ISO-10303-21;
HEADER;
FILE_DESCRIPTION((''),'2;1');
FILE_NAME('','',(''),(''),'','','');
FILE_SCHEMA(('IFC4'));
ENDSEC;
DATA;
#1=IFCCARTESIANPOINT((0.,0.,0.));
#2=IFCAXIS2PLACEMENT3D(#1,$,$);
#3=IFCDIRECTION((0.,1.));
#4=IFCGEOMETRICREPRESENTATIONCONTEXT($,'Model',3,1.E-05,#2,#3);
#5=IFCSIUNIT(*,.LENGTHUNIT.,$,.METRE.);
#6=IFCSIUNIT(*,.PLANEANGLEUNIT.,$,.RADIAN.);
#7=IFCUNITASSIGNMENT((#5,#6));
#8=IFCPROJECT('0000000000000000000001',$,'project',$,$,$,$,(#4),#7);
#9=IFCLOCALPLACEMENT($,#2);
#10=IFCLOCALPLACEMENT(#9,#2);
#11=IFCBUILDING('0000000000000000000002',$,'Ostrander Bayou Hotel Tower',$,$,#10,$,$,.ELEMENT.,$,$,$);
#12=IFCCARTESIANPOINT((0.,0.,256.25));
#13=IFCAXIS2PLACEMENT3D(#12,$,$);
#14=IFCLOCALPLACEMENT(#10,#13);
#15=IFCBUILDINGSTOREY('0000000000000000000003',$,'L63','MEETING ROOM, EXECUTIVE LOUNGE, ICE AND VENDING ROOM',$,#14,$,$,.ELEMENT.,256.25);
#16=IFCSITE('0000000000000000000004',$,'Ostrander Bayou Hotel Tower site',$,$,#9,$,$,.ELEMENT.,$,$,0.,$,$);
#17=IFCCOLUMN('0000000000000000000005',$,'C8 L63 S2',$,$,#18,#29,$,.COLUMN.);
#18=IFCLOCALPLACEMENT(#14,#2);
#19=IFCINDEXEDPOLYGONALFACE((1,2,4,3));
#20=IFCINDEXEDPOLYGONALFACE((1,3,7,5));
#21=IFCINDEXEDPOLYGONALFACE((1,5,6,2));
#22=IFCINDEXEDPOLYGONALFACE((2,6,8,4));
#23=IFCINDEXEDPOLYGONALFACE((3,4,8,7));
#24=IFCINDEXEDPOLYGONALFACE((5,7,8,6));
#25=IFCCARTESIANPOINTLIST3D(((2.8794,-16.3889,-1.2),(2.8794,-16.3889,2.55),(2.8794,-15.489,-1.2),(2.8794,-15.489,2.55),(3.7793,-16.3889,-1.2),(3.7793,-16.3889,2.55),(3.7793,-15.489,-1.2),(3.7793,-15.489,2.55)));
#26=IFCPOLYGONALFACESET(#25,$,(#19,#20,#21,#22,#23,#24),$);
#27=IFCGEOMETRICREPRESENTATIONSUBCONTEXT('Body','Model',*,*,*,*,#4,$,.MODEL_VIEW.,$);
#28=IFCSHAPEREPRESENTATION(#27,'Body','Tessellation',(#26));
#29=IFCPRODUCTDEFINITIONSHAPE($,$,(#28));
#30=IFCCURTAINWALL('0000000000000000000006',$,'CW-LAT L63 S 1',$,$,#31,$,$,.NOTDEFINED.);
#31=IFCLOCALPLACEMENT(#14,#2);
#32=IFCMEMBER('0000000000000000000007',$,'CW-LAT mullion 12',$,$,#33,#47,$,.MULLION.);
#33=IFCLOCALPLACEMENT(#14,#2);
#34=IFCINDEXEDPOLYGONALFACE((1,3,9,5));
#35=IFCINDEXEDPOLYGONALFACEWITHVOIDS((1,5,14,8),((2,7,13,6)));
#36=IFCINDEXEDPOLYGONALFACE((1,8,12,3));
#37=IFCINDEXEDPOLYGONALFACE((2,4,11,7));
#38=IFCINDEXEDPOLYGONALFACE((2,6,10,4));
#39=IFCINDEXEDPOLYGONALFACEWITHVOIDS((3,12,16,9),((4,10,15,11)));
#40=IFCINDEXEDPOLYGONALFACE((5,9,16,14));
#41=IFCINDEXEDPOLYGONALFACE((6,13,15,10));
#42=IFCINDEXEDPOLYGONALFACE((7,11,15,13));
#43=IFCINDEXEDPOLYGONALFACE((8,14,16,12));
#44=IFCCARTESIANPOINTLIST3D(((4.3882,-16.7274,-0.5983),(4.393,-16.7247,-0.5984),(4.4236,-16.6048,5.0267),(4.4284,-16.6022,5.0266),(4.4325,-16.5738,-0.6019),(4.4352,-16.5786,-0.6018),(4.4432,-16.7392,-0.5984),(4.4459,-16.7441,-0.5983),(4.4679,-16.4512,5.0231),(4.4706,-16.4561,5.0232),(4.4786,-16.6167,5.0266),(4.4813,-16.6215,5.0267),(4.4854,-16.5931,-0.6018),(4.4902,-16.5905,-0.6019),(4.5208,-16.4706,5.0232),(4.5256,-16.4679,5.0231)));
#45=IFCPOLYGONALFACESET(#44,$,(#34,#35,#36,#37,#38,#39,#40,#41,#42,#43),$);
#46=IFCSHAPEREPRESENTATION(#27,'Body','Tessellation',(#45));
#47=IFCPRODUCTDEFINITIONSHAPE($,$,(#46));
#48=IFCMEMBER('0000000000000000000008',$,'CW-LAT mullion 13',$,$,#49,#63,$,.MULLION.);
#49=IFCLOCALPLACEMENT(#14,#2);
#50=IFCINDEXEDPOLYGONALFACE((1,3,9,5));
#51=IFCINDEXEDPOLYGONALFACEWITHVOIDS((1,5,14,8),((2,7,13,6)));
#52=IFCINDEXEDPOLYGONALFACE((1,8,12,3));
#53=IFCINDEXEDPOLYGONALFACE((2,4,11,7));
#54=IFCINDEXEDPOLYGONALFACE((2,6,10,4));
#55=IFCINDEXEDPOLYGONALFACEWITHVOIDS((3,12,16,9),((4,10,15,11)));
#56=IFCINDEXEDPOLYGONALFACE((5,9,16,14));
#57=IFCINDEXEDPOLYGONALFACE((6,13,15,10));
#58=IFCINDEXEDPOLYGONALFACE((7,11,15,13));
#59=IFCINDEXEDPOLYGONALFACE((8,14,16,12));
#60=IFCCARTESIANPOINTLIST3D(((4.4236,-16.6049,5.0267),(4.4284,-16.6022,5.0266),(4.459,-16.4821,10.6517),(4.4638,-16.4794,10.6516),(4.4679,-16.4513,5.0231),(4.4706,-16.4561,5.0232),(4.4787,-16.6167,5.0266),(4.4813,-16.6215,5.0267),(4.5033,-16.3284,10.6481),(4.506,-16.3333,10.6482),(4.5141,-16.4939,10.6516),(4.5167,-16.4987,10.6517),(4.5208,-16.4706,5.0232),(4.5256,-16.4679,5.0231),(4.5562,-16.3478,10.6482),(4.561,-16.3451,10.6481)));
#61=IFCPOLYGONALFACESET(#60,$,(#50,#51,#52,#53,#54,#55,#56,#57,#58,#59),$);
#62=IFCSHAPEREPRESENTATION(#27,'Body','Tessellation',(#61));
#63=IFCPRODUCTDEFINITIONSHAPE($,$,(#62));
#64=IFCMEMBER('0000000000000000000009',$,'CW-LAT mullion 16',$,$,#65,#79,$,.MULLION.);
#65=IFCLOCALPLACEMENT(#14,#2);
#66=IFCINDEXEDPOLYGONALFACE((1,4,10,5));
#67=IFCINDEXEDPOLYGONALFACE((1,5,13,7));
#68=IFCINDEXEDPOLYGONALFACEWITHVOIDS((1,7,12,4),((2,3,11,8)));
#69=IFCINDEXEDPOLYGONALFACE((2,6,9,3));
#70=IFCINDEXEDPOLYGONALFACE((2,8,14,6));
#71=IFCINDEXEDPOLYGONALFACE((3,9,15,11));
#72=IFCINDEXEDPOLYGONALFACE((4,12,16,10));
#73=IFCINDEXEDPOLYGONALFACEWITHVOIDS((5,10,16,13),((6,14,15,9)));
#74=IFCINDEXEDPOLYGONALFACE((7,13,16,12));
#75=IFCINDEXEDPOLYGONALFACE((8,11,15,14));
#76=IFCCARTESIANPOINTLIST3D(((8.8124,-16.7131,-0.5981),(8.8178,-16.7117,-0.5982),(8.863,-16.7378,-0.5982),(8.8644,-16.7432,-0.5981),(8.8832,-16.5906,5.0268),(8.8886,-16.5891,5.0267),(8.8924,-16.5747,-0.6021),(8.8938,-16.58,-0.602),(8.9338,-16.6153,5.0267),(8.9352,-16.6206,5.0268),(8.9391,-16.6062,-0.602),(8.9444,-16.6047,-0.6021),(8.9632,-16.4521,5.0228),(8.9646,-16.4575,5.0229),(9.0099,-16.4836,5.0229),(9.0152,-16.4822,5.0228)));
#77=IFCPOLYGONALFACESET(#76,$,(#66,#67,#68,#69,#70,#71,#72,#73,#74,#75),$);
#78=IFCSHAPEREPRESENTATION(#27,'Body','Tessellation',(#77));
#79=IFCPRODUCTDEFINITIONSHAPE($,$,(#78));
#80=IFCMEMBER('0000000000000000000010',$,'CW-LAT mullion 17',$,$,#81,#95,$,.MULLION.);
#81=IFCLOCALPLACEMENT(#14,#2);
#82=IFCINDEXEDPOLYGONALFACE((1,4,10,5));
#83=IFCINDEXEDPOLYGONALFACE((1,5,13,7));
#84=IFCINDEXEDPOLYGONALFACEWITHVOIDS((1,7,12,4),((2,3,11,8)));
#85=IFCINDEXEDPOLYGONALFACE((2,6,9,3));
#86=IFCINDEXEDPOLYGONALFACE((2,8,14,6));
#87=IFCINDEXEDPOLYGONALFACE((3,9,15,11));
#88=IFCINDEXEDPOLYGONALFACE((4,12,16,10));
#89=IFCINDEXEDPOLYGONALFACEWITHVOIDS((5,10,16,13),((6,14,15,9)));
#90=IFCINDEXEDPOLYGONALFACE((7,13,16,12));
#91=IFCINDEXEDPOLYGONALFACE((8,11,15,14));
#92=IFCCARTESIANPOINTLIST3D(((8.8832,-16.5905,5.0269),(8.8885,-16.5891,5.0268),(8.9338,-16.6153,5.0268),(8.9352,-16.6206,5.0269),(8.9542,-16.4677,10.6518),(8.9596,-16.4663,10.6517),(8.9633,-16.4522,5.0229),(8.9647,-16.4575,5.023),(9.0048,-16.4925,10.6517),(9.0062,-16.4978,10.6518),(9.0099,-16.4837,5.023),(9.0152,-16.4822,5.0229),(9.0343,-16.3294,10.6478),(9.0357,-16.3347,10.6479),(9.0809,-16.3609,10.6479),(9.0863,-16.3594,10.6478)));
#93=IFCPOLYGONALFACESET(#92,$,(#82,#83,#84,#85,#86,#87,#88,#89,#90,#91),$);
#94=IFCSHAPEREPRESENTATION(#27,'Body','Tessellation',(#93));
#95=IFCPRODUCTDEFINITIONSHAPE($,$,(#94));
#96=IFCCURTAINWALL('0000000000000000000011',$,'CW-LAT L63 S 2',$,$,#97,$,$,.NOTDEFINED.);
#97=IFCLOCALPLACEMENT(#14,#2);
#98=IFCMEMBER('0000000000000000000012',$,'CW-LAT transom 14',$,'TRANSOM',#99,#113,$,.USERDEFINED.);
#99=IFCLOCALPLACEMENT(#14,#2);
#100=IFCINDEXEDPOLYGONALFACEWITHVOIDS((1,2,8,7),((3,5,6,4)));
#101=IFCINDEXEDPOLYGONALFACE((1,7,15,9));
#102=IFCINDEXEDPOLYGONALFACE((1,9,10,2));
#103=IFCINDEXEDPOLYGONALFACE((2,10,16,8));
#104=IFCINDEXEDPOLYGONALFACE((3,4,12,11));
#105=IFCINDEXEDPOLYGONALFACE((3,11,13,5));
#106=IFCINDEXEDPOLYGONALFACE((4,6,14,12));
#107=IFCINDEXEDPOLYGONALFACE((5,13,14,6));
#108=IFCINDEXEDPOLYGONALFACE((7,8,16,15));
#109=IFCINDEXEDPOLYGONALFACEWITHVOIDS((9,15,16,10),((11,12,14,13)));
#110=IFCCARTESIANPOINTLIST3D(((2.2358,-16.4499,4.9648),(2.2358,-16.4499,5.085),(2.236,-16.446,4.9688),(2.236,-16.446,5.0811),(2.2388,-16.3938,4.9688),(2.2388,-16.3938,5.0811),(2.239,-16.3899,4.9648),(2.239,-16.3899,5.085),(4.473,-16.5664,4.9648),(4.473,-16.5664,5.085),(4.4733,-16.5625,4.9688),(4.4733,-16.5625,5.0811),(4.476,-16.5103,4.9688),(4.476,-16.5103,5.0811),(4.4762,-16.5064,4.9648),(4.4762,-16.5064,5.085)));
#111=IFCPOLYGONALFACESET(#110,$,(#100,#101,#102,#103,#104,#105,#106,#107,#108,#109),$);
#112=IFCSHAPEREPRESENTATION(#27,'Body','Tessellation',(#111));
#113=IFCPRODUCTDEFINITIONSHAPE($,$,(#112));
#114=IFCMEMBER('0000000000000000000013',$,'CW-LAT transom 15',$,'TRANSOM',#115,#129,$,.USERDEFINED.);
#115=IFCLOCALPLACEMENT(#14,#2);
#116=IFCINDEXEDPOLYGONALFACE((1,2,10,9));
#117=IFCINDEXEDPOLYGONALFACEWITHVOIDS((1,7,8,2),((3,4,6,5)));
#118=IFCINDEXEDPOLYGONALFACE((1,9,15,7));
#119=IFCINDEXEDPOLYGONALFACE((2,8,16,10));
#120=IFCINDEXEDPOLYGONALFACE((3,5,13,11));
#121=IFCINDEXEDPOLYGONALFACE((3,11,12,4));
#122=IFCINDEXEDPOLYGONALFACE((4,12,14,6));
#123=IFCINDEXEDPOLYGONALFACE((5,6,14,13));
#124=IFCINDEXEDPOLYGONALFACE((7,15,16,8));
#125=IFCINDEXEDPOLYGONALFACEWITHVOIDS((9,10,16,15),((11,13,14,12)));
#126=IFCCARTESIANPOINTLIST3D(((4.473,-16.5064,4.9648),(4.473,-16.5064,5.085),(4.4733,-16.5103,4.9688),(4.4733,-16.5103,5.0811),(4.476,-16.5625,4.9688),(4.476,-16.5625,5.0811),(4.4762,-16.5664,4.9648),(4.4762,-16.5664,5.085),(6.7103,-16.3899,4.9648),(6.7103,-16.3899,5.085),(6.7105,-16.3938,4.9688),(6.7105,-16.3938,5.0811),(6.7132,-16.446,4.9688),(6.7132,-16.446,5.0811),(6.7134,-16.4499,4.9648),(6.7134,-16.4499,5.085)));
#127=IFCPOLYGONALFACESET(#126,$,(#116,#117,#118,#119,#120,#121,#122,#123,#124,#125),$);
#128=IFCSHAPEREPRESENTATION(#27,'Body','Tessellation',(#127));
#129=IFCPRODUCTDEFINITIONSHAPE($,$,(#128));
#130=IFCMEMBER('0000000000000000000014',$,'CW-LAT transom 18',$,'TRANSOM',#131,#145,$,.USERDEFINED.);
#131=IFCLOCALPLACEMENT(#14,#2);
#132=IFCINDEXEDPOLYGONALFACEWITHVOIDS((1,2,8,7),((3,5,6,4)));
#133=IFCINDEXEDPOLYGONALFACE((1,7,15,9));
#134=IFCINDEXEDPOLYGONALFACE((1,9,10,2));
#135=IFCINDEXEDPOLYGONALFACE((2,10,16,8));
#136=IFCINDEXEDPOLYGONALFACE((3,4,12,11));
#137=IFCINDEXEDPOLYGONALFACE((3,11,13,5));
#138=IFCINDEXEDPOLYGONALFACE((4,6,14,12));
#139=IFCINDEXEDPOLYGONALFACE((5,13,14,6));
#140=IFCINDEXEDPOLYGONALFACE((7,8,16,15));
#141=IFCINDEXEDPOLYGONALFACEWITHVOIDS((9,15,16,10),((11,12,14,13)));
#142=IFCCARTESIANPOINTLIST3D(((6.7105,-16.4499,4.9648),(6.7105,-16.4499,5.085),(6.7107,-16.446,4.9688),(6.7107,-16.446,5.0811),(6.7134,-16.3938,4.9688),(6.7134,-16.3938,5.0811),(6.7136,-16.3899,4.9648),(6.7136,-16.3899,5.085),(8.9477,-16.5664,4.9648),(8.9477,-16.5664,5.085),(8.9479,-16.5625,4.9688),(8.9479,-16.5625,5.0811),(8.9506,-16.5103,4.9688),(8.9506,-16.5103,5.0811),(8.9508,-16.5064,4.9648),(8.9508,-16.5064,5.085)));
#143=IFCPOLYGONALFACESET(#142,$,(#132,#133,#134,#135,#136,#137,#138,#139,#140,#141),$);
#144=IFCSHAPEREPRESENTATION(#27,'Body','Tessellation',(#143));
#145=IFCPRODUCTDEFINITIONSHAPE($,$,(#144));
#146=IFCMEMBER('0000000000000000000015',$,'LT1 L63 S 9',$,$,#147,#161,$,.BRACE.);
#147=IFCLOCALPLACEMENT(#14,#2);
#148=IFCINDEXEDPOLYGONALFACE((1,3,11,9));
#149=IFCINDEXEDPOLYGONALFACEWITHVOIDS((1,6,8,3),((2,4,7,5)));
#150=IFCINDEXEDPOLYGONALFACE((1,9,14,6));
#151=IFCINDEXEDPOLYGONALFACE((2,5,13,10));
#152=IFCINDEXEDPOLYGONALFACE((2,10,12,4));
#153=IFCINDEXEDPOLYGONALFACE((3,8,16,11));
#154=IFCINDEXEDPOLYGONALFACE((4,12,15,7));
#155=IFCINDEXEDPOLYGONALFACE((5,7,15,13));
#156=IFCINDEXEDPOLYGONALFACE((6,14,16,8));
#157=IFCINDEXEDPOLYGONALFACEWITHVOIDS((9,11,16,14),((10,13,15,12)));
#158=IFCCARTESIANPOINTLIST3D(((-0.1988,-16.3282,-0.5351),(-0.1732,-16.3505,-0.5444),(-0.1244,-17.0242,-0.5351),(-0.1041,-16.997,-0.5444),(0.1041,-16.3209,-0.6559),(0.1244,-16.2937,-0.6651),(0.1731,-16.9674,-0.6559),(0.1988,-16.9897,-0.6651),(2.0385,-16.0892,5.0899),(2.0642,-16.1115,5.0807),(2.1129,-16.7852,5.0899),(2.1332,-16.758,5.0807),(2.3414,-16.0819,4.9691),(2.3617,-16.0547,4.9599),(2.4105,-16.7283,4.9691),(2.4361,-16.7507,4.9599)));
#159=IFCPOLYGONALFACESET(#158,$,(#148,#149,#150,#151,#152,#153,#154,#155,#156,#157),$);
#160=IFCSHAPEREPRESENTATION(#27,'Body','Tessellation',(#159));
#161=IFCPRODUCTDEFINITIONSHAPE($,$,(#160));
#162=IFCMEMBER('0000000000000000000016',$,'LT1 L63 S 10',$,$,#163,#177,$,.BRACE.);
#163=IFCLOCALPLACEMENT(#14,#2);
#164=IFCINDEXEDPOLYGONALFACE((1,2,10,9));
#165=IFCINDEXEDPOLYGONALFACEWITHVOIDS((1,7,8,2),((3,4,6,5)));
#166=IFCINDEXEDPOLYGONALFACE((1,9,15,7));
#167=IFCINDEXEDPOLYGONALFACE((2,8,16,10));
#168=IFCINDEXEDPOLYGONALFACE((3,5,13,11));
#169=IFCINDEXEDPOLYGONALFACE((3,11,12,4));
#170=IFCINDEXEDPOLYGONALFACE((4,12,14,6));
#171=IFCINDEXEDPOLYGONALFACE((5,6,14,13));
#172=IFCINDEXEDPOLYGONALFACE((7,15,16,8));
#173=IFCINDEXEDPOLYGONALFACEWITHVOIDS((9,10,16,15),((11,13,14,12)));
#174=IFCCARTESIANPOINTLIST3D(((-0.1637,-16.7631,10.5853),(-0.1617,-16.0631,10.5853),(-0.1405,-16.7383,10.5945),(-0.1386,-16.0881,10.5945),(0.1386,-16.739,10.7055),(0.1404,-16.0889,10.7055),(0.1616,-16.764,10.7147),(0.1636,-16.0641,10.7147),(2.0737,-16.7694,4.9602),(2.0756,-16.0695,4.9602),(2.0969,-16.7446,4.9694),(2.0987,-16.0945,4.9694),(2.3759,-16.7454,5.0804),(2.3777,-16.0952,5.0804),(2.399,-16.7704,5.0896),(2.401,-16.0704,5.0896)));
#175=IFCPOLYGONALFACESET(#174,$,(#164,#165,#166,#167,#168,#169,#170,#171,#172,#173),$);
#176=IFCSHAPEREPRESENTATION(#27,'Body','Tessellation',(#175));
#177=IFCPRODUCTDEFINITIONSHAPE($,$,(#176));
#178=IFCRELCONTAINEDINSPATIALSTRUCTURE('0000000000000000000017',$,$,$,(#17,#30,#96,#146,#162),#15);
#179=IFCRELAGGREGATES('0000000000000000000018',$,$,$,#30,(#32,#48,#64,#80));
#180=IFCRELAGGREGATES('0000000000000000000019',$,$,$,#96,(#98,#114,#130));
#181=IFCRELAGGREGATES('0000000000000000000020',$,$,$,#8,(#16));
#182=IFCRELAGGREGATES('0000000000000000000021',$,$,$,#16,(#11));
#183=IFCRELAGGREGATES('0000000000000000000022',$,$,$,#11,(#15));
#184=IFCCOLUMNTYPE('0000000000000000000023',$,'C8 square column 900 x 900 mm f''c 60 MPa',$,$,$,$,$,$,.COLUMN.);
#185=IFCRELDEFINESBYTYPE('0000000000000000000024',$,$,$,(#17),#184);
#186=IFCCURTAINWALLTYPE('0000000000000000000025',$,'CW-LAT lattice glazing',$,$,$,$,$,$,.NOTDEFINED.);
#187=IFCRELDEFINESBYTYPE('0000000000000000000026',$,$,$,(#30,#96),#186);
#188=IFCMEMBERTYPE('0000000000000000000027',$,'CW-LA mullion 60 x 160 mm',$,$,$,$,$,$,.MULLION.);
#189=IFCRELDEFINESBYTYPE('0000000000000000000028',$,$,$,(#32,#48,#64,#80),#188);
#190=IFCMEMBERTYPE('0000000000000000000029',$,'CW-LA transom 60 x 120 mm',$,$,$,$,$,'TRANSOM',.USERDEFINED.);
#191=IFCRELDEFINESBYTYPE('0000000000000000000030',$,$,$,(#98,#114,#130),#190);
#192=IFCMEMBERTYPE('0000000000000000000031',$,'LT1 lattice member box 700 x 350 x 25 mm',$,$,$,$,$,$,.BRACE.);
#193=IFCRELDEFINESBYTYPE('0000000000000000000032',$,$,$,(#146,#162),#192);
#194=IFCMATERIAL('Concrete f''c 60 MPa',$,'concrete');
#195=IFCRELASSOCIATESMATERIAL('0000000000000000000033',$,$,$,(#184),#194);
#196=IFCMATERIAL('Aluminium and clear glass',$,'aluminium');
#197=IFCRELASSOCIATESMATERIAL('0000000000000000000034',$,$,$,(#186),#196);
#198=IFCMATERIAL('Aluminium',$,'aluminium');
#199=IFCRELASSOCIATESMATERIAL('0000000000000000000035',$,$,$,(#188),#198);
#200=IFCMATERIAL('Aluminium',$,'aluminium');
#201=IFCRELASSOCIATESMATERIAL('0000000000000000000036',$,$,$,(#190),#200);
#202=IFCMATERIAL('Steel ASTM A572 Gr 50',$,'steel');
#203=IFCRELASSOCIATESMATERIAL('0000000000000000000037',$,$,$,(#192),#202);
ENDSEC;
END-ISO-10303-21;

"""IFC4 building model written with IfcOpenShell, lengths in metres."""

from ifc_helpers import new_model, si_unit, direction, frame, origin, origin_2d, place, context, subcontext, project, spatial, rectangle, hollow_rectangle, extrude, material, material_profile, profile_set, type_object, element, aggregate, save


model = new_model("IFC4")

# Units and contexts
model_context = context("Model", 3, precision=1e-05, world=origin(), true_north=direction((0.0, 1.0)))
body_context = subcontext(model_context, "Body", "Model", "MODEL_VIEW")
ifc_project = project(units=[si_unit("LENGTHUNIT", "METRE"), si_unit("PLANEANGLEUNIT", "RADIAN")], contexts=[model_context])

# Site, building, storey
site_placement = place(None, origin())
site = spatial("IfcSite", under=ifc_project, at=site_placement, Name="Ostrander Bayou Hotel Tower site", CompositionType="ELEMENT", RefElevation=0.0)
building_placement = place(site_placement, origin())
building = spatial("IfcBuilding", under=site, at=building_placement, Name="Ostrander Bayou Hotel Tower", CompositionType="ELEMENT")
storey_placement = place(building_placement, frame((0.0, 0.0, 256.25)))
storey = spatial("IfcBuildingStorey", under=building, at=storey_placement, Name="L63", Description="MEETING ROOM, EXECUTIVE LOUNGE, ICE AND VENDING ROOM", CompositionType="ELEMENT", Elevation=256.25)

# Column
ifc_material_1 = material(Name="Concrete f'c 60 MPa", Category="concrete")
ifc_material_profile_1 = material_profile(ifc_material_1, rectangle(XDim=0.8999, YDim=0.8999, at=origin_2d()))
ifc_profile_set_1 = profile_set([ifc_material_profile_1], Name="Concrete f'c 60 MPa")
column_type = type_object("IfcColumnType", Name="C8 square column 900 x 900 mm f'c 60 MPa", PredefinedType="COLUMN", material=ifc_profile_set_1)
column_placement = place(storey_placement, frame((3.3293, -15.939, -1.2), z_axis=(0.0, 0.0, 1.0), x_axis=(-1.0, 0.0, 0.0)))
element("IfcColumn", 1, at=column_placement, inside=storey, type_object=column_type, Name="C8 L63 S2", PredefinedType="COLUMN", context=body_context, shape_type="SweptSolid", body=[
    extrude(rectangle(XDim=0.8999, YDim=0.8999, at=origin_2d()), origin(), (0.0, 0.0, 1.0), 3.75),
])

# Curtain walls, members
ifc_material_2 = material(Name="Aluminium and clear glass", Category="aluminium")
curtain_wall_type = type_object("IfcCurtainWallType", Name="CW-LAT lattice glazing", PredefinedType="NOTDEFINED", material=ifc_material_2)
curtain_wall_1_placement = place(storey_placement, origin())
curtain_wall_1 = element("IfcCurtainWall", 2, at=curtain_wall_1_placement, inside=storey, type_object=curtain_wall_type, Name="CW-LAT L63 S 1", PredefinedType="NOTDEFINED")
ifc_material_3 = material(Name="Aluminium", Category="aluminium")
ifc_material_profile_2 = material_profile(ifc_material_3, hollow_rectangle(XDim=0.0601, YDim=0.1599, WallThickness=0.0039, at=origin_2d()))
ifc_profile_set_2 = profile_set([ifc_material_profile_2], Name="Aluminium")
member_type_1 = type_object("IfcMemberType", Name="CW-LA mullion 60 x 160 mm", PredefinedType="MULLION", material=ifc_profile_set_2)
member_1_placement = place(storey_placement, frame((4.4392, -16.6589, -0.6001), z_axis=(0.006292, 0.021783, 0.999743), x_axis=(-0.960726, 0.2775, 0.0)))
member_1 = element("IfcMember", 3, at=member_1_placement, type_object=member_type_1, Name="CW-LAT mullion 12", PredefinedType="MULLION", context=body_context, shape_type="SweptSolid", body=[
    extrude(hollow_rectangle(XDim=0.0601, YDim=0.1599, WallThickness=0.0039, at=origin_2d()), origin(), (0.0, 0.0, 1.0), 5.6265),
])
member_2_placement = place(storey_placement, frame((4.4746, -16.5364, 5.0249), z_axis=(0.006292, 0.021826, 0.999742), x_axis=(-0.960872, 0.276991, 0.0)))
member_2 = element("IfcMember", 4, at=member_2_placement, type_object=member_type_1, Name="CW-LAT mullion 13", PredefinedType="MULLION", context=body_context, shape_type="SweptSolid", body=[
    extrude(hollow_rectangle(XDim=0.0601, YDim=0.1599, WallThickness=0.0039, at=origin_2d()), origin(), (0.0, 0.0, 1.0), 5.6265),
])
member_3_placement = place(storey_placement, frame((8.8784, -16.6589, -0.6001), z_axis=(0.012583, 0.021781, 0.999684), x_axis=(-0.865898, 0.50022, 0.0)))
member_3 = element("IfcMember", 5, at=member_3_placement, type_object=member_type_1, Name="CW-LAT mullion 16", PredefinedType="MULLION", context=body_context, shape_type="SweptSolid", body=[
    extrude(hollow_rectangle(XDim=0.0601, YDim=0.1599, WallThickness=0.0039, at=origin_2d()), origin(), (0.0, 0.0, 1.0), 5.6267),
])
member_4_placement = place(storey_placement, frame((8.9492, -16.5364, 5.0249), z_axis=(0.012626, 0.021825, 0.999682), x_axis=(-0.865583, 0.500765, 0.0)))
member_4 = element("IfcMember", 6, at=member_4_placement, type_object=member_type_1, Name="CW-LAT mullion 17", PredefinedType="MULLION", context=body_context, shape_type="SweptSolid", body=[
    extrude(hollow_rectangle(XDim=0.0601, YDim=0.1599, WallThickness=0.0039, at=origin_2d()), origin(), (0.0, 0.0, 1.0), 5.6267),
])
curtain_wall_2_placement = place(storey_placement, origin())
curtain_wall_2 = element("IfcCurtainWall", 7, at=curtain_wall_2_placement, inside=storey, type_object=curtain_wall_type, Name="CW-LAT L63 S 2", PredefinedType="NOTDEFINED")
ifc_material_4 = material(Name="Aluminium", Category="aluminium")
ifc_material_profile_3 = material_profile(ifc_material_4, hollow_rectangle(XDim=0.0601, YDim=0.1201, WallThickness=0.0039, at=origin_2d()))
ifc_profile_set_3 = profile_set([ifc_material_profile_3], Name="Aluminium")
member_type_2 = type_object("IfcMemberType", Name="CW-LA transom 60 x 120 mm", ElementType="TRANSOM", PredefinedType="USERDEFINED", material=ifc_profile_set_3)
member_5_placement = place(storey_placement, frame((4.4746, -16.5364, 5.0249), z_axis=(-0.998648, 0.051981, 0.0), x_axis=(-0.051981, -0.998648, 0.0)))
member_5 = element("IfcMember", 8, at=member_5_placement, type_object=member_type_2, Name="CW-LAT transom 14", ObjectType="TRANSOM", PredefinedType="USERDEFINED", context=body_context, shape_type="SweptSolid", body=[
    extrude(hollow_rectangle(XDim=0.0601, YDim=0.1201, WallThickness=0.0039, at=origin_2d()), origin(), (0.0, 0.0, 1.0), 2.2402),
])
member_6_placement = place(storey_placement, frame((4.4746, -16.5364, 5.0249), z_axis=(0.998648, 0.051981, 0.0), x_axis=(-0.051981, 0.998648, 0.0)))
member_6 = element("IfcMember", 9, at=member_6_placement, type_object=member_type_2, Name="CW-LAT transom 15", ObjectType="TRANSOM", PredefinedType="USERDEFINED", context=body_context, shape_type="SweptSolid", body=[
    extrude(hollow_rectangle(XDim=0.0601, YDim=0.1201, WallThickness=0.0039, at=origin_2d()), origin(), (0.0, 0.0, 1.0), 2.2402),
])
member_7_placement = place(storey_placement, frame((8.9492, -16.5364, 5.0249), z_axis=(-0.998648, 0.051981, 0.0), x_axis=(-0.051981, -0.998648, 0.0)))
member_7 = element("IfcMember", 10, at=member_7_placement, type_object=member_type_2, Name="CW-LAT transom 18", ObjectType="TRANSOM", PredefinedType="USERDEFINED", context=body_context, shape_type="SweptSolid", body=[
    extrude(hollow_rectangle(XDim=0.0601, YDim=0.1201, WallThickness=0.0039, at=origin_2d()), origin(), (0.0, 0.0, 1.0), 2.2402),
])

# Members
ifc_material_5 = material(Name="Steel ASTM A572 Gr 50", Category="steel")
ifc_material_profile_4 = material_profile(ifc_material_5, hollow_rectangle(XDim=0.7, YDim=0.3501, WallThickness=0.0249, at=origin_2d()))
ifc_profile_set_4 = profile_set([ifc_material_profile_4], Name="Steel ASTM A572 Gr 50")
member_type_3 = type_object("IfcMemberType", Name="LT1 lattice member box 700 x 350 x 25 mm", PredefinedType="BRACE", material=ifc_profile_set_4)
member_8_placement = place(storey_placement, frame((2.2373, -16.4199, 5.0249), z_axis=(-0.369294, -0.039452, -0.928475), x_axis=(0.106227, -0.994342, 0.0)))
element("IfcMember", 11, at=member_8_placement, inside=storey, type_object=member_type_3, Name="LT1 L63 S 9", PredefinedType="BRACE", context=body_context, shape_type="SweptSolid", body=[
    extrude(hollow_rectangle(XDim=0.7, YDim=0.3501, WallThickness=0.0249, at=origin_2d()), origin(), (0.0, 0.0, 1.0), 6.0583),
])
member_9_placement = place(storey_placement, frame((2.2373, -16.4199, 5.0249), z_axis=(-0.369582, 0.001049, 0.929198), x_axis=(-0.002837, -0.999996, 0.0)))
element("IfcMember", 12, at=member_9_placement, inside=storey, type_object=member_type_3, Name="LT1 L63 S 10", PredefinedType="BRACE", context=body_context, shape_type="SweptSolid", body=[
    extrude(hollow_rectangle(XDim=0.7, YDim=0.3501, WallThickness=0.0249, at=origin_2d()), origin(), (0.0, 0.0, 1.0), 6.0537),
])

aggregate(curtain_wall_1, [member_1, member_2, member_3, member_4])
aggregate(curtain_wall_2, [member_5, member_6, member_7])

save(model, "model.ifc")
